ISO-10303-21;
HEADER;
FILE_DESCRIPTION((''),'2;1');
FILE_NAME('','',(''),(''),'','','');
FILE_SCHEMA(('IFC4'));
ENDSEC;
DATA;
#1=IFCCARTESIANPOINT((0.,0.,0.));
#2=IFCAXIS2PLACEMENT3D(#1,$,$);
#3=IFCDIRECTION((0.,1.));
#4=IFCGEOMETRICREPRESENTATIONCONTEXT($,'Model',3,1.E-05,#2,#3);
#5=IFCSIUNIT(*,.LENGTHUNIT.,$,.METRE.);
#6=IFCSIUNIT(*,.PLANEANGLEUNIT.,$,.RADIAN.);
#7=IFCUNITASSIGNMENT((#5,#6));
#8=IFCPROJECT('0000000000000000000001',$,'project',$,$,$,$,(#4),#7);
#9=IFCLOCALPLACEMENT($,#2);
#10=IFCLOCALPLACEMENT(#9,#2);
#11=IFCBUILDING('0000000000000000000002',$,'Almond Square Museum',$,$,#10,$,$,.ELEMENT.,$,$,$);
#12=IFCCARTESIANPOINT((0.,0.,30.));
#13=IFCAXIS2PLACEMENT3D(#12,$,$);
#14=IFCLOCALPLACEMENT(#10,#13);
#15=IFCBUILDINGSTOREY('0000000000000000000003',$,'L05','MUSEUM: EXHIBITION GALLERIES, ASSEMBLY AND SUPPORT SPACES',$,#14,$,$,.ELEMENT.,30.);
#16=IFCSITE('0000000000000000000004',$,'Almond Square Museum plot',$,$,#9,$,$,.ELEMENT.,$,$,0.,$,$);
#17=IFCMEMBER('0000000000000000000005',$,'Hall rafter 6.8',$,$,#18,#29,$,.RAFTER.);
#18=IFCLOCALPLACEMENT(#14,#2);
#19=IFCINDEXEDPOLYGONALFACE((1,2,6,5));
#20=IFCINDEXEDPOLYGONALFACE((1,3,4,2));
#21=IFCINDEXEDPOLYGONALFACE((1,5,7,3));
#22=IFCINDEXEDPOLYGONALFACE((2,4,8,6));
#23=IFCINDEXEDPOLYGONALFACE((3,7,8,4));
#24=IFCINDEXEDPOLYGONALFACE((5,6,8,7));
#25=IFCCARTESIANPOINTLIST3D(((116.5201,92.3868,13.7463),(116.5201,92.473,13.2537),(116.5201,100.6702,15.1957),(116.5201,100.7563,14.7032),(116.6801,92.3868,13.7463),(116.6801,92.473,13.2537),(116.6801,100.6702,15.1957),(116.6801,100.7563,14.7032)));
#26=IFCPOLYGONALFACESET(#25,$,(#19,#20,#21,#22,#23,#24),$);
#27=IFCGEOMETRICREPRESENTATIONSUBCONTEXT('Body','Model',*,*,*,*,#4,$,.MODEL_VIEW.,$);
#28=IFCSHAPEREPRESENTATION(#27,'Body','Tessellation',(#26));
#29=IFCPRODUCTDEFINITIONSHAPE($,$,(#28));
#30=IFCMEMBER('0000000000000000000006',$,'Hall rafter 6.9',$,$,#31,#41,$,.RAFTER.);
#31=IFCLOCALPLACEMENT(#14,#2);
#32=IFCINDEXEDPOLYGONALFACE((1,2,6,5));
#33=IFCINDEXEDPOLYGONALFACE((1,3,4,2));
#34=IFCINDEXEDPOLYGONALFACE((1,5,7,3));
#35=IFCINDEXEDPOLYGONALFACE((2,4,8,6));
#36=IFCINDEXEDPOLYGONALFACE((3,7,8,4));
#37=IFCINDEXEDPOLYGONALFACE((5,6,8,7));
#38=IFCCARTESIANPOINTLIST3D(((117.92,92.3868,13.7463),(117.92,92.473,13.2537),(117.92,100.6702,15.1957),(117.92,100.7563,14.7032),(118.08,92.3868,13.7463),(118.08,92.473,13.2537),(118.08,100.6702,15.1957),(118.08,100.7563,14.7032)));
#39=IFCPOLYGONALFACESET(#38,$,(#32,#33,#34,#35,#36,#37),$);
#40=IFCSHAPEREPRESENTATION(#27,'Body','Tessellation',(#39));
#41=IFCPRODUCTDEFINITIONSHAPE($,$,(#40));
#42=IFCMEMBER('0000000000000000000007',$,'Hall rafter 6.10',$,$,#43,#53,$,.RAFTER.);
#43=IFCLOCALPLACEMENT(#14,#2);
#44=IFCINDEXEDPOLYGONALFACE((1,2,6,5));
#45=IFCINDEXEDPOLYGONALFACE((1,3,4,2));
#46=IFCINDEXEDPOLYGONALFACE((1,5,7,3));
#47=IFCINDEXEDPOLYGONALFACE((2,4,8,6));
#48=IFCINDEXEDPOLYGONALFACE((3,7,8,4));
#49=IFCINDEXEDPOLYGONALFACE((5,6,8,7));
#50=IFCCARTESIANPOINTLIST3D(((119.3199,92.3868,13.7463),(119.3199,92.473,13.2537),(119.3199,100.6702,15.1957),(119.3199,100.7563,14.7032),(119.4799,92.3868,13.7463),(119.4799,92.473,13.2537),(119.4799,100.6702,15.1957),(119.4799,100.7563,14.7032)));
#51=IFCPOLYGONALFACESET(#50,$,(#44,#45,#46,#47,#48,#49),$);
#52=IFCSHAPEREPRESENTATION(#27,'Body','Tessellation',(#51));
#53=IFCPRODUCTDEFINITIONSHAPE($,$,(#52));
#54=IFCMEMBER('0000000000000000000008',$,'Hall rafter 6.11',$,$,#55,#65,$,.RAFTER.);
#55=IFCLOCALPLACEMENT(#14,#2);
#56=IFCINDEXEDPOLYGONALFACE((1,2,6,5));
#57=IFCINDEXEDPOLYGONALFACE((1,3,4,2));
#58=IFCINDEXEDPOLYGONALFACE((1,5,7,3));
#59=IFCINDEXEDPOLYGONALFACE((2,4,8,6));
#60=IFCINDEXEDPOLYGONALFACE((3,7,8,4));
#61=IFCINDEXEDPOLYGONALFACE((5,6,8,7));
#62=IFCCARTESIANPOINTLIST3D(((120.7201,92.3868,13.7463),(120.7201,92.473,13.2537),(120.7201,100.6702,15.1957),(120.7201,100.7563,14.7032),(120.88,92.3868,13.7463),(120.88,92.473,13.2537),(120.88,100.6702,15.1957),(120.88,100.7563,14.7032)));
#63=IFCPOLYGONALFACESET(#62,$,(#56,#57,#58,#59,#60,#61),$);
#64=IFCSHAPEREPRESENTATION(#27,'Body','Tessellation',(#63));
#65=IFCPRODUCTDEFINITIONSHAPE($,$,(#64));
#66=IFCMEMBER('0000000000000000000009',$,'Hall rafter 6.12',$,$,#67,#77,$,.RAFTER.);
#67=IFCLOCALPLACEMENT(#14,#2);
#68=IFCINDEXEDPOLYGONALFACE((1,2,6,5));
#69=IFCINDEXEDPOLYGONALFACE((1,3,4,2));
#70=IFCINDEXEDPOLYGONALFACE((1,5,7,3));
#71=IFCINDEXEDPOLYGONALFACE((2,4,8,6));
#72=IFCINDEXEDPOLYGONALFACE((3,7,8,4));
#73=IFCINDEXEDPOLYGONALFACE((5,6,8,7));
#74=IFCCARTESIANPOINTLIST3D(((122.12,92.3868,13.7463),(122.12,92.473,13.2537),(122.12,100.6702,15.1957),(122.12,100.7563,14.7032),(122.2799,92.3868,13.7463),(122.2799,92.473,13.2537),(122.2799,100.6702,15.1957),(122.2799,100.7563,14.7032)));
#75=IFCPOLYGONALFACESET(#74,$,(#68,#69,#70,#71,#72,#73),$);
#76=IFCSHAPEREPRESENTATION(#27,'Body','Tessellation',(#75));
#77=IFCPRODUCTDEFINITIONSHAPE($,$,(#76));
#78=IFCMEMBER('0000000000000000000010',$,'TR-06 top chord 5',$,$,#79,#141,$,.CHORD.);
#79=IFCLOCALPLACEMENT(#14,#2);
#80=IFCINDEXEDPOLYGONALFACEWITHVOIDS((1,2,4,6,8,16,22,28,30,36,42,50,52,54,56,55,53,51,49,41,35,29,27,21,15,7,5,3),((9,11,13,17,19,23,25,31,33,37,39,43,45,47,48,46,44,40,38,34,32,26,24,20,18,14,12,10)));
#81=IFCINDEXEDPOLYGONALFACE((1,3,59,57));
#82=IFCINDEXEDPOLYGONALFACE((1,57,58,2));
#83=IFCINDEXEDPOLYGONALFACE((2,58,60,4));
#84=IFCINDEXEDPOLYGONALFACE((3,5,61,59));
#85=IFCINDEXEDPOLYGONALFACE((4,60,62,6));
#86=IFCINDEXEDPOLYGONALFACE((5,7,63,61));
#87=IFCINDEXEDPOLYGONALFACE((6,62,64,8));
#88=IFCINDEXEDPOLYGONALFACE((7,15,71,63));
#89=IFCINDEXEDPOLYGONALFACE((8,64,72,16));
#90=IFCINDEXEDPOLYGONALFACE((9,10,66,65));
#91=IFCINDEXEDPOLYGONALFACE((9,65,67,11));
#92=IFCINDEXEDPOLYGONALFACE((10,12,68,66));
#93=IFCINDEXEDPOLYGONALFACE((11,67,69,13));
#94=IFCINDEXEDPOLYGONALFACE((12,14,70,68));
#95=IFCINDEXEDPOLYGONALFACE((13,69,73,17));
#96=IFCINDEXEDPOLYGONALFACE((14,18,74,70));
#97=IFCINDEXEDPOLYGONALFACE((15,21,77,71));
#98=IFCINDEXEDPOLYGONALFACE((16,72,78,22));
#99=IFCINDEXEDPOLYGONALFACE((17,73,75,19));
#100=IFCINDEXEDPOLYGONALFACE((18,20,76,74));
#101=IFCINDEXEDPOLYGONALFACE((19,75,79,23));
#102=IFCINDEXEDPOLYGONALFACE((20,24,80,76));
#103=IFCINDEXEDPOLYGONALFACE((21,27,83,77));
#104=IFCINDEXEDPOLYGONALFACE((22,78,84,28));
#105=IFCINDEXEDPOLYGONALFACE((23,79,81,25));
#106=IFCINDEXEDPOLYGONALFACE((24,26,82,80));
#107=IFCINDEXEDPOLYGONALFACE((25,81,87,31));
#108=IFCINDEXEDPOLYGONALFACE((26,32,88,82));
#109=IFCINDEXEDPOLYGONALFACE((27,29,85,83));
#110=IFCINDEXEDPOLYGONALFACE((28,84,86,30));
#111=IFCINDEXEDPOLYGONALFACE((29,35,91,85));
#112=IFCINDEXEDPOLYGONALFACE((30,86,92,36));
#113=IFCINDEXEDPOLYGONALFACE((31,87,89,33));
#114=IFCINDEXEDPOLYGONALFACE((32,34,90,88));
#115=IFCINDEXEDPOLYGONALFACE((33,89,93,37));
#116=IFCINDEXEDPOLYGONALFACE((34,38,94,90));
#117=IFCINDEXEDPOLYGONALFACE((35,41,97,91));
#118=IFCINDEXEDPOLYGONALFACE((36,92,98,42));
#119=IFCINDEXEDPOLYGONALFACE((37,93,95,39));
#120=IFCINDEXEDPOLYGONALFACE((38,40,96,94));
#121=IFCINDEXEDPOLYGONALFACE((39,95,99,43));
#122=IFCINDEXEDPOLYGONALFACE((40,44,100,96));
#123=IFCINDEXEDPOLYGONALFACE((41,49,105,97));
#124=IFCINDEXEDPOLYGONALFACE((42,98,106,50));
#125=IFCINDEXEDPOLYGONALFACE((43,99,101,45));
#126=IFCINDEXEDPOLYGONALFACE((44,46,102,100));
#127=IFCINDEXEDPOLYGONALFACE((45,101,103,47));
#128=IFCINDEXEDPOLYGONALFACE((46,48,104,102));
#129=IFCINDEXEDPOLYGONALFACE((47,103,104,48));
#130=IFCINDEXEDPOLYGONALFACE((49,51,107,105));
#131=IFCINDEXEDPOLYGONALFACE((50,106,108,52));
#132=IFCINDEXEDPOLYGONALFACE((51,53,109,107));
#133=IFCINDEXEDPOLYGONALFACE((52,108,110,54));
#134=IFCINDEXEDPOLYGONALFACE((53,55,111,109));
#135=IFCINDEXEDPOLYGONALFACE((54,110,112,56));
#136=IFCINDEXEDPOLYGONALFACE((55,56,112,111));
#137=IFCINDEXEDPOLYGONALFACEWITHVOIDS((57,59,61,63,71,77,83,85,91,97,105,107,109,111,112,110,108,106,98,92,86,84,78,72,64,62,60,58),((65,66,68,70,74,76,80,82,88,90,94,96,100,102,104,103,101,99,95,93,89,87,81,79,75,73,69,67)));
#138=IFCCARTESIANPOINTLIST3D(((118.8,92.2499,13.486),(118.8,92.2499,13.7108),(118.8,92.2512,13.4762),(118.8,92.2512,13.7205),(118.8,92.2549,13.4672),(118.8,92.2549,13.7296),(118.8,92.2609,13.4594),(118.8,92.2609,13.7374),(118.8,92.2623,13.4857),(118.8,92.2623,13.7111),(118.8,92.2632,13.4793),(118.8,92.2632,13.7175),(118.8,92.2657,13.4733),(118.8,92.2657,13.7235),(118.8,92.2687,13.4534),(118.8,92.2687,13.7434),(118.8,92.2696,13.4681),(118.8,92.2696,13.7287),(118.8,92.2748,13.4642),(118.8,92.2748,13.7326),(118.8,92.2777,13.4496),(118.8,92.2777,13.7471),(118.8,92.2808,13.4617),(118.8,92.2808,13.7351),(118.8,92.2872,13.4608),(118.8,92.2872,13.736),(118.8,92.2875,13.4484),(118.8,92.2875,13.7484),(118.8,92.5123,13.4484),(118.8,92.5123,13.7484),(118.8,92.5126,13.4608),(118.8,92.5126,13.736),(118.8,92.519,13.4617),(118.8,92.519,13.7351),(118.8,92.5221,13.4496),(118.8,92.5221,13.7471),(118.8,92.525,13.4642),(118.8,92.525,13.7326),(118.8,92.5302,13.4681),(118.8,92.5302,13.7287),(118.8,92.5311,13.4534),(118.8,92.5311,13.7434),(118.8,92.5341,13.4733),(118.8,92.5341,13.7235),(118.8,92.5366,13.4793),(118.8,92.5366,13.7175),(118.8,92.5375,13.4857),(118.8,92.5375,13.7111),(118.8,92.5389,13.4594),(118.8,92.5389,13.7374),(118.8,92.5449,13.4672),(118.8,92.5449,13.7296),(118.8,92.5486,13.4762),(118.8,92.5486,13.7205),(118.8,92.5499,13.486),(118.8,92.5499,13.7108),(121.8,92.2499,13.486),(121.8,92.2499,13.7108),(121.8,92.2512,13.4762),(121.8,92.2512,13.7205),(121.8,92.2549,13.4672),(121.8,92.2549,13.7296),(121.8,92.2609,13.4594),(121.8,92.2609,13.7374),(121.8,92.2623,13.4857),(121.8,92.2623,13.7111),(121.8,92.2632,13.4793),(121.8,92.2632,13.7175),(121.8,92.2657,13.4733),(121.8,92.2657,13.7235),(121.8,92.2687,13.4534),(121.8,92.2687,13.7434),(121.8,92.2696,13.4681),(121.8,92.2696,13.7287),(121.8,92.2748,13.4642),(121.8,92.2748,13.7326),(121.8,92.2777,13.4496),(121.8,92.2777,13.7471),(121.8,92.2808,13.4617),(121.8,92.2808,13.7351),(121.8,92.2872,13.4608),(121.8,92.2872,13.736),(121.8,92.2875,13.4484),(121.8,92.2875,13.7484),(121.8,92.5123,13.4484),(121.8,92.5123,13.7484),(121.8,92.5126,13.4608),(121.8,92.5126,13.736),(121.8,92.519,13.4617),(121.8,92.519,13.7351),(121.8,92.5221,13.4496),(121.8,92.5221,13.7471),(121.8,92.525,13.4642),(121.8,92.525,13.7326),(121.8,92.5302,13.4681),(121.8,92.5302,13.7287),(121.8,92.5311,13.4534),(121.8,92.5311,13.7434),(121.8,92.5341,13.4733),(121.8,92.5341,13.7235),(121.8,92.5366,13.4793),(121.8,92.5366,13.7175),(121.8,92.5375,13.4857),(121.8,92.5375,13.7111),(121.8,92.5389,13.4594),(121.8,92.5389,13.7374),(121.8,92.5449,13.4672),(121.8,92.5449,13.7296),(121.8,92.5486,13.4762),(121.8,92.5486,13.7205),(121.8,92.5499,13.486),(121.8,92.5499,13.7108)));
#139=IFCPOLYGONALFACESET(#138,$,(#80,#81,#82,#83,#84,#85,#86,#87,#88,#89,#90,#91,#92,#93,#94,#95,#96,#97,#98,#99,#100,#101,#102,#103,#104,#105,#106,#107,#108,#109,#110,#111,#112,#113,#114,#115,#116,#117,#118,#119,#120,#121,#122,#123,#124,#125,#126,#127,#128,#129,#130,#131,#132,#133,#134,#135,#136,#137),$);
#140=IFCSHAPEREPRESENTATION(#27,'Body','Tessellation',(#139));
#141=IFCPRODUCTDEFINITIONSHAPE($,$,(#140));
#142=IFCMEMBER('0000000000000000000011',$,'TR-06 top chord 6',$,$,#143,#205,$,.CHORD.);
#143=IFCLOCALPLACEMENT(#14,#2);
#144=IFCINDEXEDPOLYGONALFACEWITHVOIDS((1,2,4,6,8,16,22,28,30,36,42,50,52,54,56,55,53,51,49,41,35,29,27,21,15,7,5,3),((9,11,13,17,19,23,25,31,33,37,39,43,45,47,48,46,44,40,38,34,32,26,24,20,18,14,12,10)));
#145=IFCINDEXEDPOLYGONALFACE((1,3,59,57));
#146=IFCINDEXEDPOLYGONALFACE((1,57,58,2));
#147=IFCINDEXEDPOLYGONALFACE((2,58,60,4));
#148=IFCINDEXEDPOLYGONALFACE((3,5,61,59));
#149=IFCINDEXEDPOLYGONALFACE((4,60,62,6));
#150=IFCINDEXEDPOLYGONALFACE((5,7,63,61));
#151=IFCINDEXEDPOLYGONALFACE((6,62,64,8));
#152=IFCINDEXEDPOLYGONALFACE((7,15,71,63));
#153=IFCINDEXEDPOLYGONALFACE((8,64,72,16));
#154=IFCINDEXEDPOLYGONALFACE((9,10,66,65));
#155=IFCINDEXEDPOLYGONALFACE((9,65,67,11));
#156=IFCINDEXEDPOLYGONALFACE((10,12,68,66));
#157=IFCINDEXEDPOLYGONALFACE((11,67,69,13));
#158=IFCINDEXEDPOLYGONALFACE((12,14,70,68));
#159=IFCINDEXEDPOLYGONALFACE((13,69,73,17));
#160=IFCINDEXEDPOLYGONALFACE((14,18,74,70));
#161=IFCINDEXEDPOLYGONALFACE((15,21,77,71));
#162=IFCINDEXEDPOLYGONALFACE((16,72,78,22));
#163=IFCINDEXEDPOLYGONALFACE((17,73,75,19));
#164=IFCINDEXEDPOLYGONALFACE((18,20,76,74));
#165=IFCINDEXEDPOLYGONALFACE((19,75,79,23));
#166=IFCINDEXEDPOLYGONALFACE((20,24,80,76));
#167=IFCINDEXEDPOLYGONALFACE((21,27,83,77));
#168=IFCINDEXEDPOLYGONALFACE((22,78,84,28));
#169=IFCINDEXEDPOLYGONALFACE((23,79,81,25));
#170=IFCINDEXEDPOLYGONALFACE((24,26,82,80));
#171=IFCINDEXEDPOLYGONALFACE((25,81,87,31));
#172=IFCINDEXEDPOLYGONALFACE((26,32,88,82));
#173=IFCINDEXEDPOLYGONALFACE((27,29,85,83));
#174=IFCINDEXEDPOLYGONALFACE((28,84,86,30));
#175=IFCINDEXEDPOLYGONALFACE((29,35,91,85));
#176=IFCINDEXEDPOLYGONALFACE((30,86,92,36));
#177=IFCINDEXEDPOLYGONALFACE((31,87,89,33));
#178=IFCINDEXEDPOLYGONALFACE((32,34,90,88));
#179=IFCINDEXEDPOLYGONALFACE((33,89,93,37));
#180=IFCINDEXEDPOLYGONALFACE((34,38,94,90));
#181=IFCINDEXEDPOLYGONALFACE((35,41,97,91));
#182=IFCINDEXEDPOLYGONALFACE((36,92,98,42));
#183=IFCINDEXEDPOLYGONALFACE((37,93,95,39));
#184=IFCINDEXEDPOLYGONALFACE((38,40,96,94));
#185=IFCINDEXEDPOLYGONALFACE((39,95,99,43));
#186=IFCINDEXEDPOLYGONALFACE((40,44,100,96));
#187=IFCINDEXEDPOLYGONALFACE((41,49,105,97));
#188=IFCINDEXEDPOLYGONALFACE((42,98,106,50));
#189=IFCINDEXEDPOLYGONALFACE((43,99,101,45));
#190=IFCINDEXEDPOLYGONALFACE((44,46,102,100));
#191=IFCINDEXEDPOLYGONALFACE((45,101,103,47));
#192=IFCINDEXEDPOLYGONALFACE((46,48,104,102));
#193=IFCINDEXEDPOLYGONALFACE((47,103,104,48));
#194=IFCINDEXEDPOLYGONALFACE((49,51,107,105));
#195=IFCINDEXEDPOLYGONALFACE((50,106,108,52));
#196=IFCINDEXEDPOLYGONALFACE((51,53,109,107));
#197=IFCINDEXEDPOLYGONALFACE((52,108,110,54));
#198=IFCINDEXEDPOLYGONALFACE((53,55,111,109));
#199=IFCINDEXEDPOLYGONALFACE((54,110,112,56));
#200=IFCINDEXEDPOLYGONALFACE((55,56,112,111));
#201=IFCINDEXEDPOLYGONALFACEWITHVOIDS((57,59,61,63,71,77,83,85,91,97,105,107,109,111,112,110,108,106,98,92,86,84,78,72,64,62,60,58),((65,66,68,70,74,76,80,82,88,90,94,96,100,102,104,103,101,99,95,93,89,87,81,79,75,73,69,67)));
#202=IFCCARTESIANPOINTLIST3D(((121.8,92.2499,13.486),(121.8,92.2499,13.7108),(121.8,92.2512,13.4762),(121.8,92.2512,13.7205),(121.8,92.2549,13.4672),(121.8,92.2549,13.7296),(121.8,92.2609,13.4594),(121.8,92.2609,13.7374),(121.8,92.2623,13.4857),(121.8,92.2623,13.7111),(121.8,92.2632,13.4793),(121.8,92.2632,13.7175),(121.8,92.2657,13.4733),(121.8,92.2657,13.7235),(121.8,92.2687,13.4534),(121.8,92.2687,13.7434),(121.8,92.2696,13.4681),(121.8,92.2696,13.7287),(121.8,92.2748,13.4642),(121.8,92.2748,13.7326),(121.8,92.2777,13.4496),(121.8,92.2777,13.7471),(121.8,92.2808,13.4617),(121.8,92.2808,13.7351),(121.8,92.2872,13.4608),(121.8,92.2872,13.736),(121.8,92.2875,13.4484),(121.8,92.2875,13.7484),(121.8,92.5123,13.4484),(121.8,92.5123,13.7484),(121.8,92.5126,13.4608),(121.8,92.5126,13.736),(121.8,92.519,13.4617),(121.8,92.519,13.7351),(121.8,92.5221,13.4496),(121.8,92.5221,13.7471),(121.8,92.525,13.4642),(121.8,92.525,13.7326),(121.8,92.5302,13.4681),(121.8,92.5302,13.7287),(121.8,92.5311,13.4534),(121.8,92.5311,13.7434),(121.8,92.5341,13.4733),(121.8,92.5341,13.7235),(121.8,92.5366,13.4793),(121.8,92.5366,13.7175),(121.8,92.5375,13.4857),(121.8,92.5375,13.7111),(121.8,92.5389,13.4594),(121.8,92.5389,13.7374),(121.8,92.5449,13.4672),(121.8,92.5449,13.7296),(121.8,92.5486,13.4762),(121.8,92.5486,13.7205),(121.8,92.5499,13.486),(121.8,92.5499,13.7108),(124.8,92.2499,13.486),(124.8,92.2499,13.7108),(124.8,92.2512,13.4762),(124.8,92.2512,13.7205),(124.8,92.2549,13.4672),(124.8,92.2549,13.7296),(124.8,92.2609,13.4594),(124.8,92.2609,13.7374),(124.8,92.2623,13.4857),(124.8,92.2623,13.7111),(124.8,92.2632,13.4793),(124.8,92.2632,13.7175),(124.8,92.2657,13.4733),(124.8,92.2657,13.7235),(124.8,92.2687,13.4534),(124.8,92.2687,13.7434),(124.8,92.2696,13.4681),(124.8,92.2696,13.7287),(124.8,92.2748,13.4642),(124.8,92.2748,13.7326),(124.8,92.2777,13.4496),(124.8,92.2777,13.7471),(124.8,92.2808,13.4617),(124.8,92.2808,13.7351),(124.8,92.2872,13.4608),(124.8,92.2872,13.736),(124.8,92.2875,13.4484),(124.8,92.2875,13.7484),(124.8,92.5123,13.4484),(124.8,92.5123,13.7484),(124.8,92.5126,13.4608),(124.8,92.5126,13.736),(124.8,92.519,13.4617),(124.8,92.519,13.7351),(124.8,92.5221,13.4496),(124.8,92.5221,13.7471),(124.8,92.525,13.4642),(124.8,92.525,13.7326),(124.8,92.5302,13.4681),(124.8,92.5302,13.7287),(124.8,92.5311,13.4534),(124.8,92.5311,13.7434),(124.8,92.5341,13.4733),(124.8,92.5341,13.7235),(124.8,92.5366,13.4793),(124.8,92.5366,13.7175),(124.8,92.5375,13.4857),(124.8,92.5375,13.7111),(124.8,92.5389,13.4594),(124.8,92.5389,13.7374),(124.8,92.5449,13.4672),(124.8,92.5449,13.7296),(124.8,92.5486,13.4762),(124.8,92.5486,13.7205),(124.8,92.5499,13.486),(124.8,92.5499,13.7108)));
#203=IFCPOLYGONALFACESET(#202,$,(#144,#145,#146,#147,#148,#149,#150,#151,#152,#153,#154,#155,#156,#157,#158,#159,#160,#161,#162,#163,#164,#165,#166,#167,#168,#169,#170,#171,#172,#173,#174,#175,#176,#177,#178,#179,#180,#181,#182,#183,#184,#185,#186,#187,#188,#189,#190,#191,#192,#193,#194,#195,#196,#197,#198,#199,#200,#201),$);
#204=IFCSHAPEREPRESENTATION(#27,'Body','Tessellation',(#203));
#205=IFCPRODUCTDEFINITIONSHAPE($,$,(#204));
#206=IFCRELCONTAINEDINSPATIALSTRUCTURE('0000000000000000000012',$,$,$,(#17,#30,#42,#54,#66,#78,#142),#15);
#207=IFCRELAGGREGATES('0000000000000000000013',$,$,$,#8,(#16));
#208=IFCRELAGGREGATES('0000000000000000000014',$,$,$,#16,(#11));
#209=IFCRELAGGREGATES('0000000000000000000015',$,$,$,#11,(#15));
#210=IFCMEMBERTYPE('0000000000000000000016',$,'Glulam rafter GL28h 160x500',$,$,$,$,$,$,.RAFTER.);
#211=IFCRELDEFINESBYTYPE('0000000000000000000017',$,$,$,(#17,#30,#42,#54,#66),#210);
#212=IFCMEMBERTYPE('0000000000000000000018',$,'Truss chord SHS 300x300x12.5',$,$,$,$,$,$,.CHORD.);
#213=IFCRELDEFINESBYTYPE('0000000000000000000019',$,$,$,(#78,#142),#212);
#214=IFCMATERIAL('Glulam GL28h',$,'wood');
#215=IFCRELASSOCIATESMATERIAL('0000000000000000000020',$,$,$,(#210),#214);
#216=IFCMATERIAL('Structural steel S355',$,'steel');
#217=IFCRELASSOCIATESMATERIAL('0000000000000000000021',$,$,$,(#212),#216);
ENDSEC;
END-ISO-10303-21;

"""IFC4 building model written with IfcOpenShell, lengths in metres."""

from ifc_helpers import new_model, si_unit, direction, frame, origin, origin_2d, place, context, subcontext, project, spatial, rectangle, hollow_rectangle, extrude, material, material_profile, profile_set, type_object, element, save


model = new_model("IFC4")

# Units and contexts
model_context = context("Model", 3, precision=1e-05, world=origin(), true_north=direction((0.0, 1.0)))
body_context = subcontext(model_context, "Body", "Model", "MODEL_VIEW")
ifc_project = project(units=[si_unit("LENGTHUNIT", "METRE"), si_unit("PLANEANGLEUNIT", "RADIAN")], contexts=[model_context])

# Site, building, storey
site_placement = place(None, origin())
site = spatial("IfcSite", under=ifc_project, at=site_placement, Name="Almond Square Museum plot", CompositionType="ELEMENT", RefElevation=0.0)
building_placement = place(site_placement, origin())
building = spatial("IfcBuilding", under=site, at=building_placement, Name="Almond Square Museum", CompositionType="ELEMENT")
storey_placement = place(building_placement, frame((0.0, 0.0, 30.0)))
storey = spatial("IfcBuildingStorey", under=building, at=storey_placement, Name="L05", Description="MUSEUM: EXHIBITION GALLERIES, ASSEMBLY AND SUPPORT SPACES", CompositionType="ELEMENT", Elevation=30.0)

# Members
ifc_material_1 = material(Name="Glulam GL28h", Category="wood")
ifc_material_profile_1 = material_profile(ifc_material_1, rectangle(XDim=0.1599, YDim=0.5, at=origin_2d()))
ifc_profile_set_1 = profile_set([ifc_material_profile_1], Name="Glulam GL28h")
member_type_1 = type_object("IfcMemberType", Name="Glulam rafter GL28h 160x500", PredefinedType="RAFTER", material=ifc_profile_set_1)
for number, where, z_axis, x_axis, name in (
    (1, (116.6001, 92.4299, 13.5), (0.0, 0.985032, 0.172369), (-1.0, 0.0, 0.0), "Hall rafter 6.8"),
    (2, (118.0, 92.4299, 13.5), (0.0, 0.985032, 0.172369), (-1.0, 0.0, 0.0), "Hall rafter 6.9"),
    (3, (119.3999, 92.4299, 13.5), (0.0, 0.985032, 0.172369), (-1.0, 0.0, 0.0), "Hall rafter 6.10"),
    (4, (120.8, 92.4299, 13.5), (0.0, 0.985032, 0.172369), (-1.0, 0.0, 0.0), "Hall rafter 6.11"),
    (5, (122.2, 92.4299, 13.5), (0.0, 0.985032, 0.172369), (-1.0, 0.0, 0.0), "Hall rafter 6.12"),
):
    element("IfcMember", number, at=place(storey_placement, frame(where, z_axis=z_axis, x_axis=x_axis)), inside=storey, type_object=member_type_1, Name=name, PredefinedType="RAFTER", context=body_context, shape_type="SweptSolid", body=[
        extrude(rectangle(XDim=0.1599, YDim=0.5, at=origin_2d()), origin(), (0.0, 0.0, 1.0), 8.4092),
    ])
ifc_material_2 = material(Name="Structural steel S355", Category="steel")
ifc_material_profile_2 = material_profile(ifc_material_2, hollow_rectangle(XDim=0.3, YDim=0.3, WallThickness=0.0125, InnerFilletRadius=0.0249, OuterFilletRadius=0.0376, at=origin_2d()))
ifc_profile_set_2 = profile_set([ifc_material_profile_2], Name="Structural steel S355")
member_type_2 = type_object("IfcMemberType", Name="Truss chord SHS 300x300x12.5", PredefinedType="CHORD", material=ifc_profile_set_2)
for number, where, z_axis, x_axis, name in (
    (6, (118.8, 92.3999, 13.5984), (1.0, 0.0, 0.0), (0.0, 1.0, 0.0), "TR-06 top chord 5"),
    (7, (121.8, 92.3999, 13.5984), (1.0, 0.0, 0.0), (0.0, 1.0, 0.0), "TR-06 top chord 6"),
):
    element("IfcMember", number, at=place(storey_placement, frame(where, z_axis=z_axis, x_axis=x_axis)), inside=storey, type_object=member_type_2, Name=name, PredefinedType="CHORD", context=body_context, shape_type="SweptSolid", body=[
        extrude(hollow_rectangle(XDim=0.3, YDim=0.3, WallThickness=0.0125, InnerFilletRadius=0.0249, OuterFilletRadius=0.0376, at=origin_2d()), origin(), (0.0, 0.0, 1.0), 3.0),
    ])

save(model, "model.ifc")
